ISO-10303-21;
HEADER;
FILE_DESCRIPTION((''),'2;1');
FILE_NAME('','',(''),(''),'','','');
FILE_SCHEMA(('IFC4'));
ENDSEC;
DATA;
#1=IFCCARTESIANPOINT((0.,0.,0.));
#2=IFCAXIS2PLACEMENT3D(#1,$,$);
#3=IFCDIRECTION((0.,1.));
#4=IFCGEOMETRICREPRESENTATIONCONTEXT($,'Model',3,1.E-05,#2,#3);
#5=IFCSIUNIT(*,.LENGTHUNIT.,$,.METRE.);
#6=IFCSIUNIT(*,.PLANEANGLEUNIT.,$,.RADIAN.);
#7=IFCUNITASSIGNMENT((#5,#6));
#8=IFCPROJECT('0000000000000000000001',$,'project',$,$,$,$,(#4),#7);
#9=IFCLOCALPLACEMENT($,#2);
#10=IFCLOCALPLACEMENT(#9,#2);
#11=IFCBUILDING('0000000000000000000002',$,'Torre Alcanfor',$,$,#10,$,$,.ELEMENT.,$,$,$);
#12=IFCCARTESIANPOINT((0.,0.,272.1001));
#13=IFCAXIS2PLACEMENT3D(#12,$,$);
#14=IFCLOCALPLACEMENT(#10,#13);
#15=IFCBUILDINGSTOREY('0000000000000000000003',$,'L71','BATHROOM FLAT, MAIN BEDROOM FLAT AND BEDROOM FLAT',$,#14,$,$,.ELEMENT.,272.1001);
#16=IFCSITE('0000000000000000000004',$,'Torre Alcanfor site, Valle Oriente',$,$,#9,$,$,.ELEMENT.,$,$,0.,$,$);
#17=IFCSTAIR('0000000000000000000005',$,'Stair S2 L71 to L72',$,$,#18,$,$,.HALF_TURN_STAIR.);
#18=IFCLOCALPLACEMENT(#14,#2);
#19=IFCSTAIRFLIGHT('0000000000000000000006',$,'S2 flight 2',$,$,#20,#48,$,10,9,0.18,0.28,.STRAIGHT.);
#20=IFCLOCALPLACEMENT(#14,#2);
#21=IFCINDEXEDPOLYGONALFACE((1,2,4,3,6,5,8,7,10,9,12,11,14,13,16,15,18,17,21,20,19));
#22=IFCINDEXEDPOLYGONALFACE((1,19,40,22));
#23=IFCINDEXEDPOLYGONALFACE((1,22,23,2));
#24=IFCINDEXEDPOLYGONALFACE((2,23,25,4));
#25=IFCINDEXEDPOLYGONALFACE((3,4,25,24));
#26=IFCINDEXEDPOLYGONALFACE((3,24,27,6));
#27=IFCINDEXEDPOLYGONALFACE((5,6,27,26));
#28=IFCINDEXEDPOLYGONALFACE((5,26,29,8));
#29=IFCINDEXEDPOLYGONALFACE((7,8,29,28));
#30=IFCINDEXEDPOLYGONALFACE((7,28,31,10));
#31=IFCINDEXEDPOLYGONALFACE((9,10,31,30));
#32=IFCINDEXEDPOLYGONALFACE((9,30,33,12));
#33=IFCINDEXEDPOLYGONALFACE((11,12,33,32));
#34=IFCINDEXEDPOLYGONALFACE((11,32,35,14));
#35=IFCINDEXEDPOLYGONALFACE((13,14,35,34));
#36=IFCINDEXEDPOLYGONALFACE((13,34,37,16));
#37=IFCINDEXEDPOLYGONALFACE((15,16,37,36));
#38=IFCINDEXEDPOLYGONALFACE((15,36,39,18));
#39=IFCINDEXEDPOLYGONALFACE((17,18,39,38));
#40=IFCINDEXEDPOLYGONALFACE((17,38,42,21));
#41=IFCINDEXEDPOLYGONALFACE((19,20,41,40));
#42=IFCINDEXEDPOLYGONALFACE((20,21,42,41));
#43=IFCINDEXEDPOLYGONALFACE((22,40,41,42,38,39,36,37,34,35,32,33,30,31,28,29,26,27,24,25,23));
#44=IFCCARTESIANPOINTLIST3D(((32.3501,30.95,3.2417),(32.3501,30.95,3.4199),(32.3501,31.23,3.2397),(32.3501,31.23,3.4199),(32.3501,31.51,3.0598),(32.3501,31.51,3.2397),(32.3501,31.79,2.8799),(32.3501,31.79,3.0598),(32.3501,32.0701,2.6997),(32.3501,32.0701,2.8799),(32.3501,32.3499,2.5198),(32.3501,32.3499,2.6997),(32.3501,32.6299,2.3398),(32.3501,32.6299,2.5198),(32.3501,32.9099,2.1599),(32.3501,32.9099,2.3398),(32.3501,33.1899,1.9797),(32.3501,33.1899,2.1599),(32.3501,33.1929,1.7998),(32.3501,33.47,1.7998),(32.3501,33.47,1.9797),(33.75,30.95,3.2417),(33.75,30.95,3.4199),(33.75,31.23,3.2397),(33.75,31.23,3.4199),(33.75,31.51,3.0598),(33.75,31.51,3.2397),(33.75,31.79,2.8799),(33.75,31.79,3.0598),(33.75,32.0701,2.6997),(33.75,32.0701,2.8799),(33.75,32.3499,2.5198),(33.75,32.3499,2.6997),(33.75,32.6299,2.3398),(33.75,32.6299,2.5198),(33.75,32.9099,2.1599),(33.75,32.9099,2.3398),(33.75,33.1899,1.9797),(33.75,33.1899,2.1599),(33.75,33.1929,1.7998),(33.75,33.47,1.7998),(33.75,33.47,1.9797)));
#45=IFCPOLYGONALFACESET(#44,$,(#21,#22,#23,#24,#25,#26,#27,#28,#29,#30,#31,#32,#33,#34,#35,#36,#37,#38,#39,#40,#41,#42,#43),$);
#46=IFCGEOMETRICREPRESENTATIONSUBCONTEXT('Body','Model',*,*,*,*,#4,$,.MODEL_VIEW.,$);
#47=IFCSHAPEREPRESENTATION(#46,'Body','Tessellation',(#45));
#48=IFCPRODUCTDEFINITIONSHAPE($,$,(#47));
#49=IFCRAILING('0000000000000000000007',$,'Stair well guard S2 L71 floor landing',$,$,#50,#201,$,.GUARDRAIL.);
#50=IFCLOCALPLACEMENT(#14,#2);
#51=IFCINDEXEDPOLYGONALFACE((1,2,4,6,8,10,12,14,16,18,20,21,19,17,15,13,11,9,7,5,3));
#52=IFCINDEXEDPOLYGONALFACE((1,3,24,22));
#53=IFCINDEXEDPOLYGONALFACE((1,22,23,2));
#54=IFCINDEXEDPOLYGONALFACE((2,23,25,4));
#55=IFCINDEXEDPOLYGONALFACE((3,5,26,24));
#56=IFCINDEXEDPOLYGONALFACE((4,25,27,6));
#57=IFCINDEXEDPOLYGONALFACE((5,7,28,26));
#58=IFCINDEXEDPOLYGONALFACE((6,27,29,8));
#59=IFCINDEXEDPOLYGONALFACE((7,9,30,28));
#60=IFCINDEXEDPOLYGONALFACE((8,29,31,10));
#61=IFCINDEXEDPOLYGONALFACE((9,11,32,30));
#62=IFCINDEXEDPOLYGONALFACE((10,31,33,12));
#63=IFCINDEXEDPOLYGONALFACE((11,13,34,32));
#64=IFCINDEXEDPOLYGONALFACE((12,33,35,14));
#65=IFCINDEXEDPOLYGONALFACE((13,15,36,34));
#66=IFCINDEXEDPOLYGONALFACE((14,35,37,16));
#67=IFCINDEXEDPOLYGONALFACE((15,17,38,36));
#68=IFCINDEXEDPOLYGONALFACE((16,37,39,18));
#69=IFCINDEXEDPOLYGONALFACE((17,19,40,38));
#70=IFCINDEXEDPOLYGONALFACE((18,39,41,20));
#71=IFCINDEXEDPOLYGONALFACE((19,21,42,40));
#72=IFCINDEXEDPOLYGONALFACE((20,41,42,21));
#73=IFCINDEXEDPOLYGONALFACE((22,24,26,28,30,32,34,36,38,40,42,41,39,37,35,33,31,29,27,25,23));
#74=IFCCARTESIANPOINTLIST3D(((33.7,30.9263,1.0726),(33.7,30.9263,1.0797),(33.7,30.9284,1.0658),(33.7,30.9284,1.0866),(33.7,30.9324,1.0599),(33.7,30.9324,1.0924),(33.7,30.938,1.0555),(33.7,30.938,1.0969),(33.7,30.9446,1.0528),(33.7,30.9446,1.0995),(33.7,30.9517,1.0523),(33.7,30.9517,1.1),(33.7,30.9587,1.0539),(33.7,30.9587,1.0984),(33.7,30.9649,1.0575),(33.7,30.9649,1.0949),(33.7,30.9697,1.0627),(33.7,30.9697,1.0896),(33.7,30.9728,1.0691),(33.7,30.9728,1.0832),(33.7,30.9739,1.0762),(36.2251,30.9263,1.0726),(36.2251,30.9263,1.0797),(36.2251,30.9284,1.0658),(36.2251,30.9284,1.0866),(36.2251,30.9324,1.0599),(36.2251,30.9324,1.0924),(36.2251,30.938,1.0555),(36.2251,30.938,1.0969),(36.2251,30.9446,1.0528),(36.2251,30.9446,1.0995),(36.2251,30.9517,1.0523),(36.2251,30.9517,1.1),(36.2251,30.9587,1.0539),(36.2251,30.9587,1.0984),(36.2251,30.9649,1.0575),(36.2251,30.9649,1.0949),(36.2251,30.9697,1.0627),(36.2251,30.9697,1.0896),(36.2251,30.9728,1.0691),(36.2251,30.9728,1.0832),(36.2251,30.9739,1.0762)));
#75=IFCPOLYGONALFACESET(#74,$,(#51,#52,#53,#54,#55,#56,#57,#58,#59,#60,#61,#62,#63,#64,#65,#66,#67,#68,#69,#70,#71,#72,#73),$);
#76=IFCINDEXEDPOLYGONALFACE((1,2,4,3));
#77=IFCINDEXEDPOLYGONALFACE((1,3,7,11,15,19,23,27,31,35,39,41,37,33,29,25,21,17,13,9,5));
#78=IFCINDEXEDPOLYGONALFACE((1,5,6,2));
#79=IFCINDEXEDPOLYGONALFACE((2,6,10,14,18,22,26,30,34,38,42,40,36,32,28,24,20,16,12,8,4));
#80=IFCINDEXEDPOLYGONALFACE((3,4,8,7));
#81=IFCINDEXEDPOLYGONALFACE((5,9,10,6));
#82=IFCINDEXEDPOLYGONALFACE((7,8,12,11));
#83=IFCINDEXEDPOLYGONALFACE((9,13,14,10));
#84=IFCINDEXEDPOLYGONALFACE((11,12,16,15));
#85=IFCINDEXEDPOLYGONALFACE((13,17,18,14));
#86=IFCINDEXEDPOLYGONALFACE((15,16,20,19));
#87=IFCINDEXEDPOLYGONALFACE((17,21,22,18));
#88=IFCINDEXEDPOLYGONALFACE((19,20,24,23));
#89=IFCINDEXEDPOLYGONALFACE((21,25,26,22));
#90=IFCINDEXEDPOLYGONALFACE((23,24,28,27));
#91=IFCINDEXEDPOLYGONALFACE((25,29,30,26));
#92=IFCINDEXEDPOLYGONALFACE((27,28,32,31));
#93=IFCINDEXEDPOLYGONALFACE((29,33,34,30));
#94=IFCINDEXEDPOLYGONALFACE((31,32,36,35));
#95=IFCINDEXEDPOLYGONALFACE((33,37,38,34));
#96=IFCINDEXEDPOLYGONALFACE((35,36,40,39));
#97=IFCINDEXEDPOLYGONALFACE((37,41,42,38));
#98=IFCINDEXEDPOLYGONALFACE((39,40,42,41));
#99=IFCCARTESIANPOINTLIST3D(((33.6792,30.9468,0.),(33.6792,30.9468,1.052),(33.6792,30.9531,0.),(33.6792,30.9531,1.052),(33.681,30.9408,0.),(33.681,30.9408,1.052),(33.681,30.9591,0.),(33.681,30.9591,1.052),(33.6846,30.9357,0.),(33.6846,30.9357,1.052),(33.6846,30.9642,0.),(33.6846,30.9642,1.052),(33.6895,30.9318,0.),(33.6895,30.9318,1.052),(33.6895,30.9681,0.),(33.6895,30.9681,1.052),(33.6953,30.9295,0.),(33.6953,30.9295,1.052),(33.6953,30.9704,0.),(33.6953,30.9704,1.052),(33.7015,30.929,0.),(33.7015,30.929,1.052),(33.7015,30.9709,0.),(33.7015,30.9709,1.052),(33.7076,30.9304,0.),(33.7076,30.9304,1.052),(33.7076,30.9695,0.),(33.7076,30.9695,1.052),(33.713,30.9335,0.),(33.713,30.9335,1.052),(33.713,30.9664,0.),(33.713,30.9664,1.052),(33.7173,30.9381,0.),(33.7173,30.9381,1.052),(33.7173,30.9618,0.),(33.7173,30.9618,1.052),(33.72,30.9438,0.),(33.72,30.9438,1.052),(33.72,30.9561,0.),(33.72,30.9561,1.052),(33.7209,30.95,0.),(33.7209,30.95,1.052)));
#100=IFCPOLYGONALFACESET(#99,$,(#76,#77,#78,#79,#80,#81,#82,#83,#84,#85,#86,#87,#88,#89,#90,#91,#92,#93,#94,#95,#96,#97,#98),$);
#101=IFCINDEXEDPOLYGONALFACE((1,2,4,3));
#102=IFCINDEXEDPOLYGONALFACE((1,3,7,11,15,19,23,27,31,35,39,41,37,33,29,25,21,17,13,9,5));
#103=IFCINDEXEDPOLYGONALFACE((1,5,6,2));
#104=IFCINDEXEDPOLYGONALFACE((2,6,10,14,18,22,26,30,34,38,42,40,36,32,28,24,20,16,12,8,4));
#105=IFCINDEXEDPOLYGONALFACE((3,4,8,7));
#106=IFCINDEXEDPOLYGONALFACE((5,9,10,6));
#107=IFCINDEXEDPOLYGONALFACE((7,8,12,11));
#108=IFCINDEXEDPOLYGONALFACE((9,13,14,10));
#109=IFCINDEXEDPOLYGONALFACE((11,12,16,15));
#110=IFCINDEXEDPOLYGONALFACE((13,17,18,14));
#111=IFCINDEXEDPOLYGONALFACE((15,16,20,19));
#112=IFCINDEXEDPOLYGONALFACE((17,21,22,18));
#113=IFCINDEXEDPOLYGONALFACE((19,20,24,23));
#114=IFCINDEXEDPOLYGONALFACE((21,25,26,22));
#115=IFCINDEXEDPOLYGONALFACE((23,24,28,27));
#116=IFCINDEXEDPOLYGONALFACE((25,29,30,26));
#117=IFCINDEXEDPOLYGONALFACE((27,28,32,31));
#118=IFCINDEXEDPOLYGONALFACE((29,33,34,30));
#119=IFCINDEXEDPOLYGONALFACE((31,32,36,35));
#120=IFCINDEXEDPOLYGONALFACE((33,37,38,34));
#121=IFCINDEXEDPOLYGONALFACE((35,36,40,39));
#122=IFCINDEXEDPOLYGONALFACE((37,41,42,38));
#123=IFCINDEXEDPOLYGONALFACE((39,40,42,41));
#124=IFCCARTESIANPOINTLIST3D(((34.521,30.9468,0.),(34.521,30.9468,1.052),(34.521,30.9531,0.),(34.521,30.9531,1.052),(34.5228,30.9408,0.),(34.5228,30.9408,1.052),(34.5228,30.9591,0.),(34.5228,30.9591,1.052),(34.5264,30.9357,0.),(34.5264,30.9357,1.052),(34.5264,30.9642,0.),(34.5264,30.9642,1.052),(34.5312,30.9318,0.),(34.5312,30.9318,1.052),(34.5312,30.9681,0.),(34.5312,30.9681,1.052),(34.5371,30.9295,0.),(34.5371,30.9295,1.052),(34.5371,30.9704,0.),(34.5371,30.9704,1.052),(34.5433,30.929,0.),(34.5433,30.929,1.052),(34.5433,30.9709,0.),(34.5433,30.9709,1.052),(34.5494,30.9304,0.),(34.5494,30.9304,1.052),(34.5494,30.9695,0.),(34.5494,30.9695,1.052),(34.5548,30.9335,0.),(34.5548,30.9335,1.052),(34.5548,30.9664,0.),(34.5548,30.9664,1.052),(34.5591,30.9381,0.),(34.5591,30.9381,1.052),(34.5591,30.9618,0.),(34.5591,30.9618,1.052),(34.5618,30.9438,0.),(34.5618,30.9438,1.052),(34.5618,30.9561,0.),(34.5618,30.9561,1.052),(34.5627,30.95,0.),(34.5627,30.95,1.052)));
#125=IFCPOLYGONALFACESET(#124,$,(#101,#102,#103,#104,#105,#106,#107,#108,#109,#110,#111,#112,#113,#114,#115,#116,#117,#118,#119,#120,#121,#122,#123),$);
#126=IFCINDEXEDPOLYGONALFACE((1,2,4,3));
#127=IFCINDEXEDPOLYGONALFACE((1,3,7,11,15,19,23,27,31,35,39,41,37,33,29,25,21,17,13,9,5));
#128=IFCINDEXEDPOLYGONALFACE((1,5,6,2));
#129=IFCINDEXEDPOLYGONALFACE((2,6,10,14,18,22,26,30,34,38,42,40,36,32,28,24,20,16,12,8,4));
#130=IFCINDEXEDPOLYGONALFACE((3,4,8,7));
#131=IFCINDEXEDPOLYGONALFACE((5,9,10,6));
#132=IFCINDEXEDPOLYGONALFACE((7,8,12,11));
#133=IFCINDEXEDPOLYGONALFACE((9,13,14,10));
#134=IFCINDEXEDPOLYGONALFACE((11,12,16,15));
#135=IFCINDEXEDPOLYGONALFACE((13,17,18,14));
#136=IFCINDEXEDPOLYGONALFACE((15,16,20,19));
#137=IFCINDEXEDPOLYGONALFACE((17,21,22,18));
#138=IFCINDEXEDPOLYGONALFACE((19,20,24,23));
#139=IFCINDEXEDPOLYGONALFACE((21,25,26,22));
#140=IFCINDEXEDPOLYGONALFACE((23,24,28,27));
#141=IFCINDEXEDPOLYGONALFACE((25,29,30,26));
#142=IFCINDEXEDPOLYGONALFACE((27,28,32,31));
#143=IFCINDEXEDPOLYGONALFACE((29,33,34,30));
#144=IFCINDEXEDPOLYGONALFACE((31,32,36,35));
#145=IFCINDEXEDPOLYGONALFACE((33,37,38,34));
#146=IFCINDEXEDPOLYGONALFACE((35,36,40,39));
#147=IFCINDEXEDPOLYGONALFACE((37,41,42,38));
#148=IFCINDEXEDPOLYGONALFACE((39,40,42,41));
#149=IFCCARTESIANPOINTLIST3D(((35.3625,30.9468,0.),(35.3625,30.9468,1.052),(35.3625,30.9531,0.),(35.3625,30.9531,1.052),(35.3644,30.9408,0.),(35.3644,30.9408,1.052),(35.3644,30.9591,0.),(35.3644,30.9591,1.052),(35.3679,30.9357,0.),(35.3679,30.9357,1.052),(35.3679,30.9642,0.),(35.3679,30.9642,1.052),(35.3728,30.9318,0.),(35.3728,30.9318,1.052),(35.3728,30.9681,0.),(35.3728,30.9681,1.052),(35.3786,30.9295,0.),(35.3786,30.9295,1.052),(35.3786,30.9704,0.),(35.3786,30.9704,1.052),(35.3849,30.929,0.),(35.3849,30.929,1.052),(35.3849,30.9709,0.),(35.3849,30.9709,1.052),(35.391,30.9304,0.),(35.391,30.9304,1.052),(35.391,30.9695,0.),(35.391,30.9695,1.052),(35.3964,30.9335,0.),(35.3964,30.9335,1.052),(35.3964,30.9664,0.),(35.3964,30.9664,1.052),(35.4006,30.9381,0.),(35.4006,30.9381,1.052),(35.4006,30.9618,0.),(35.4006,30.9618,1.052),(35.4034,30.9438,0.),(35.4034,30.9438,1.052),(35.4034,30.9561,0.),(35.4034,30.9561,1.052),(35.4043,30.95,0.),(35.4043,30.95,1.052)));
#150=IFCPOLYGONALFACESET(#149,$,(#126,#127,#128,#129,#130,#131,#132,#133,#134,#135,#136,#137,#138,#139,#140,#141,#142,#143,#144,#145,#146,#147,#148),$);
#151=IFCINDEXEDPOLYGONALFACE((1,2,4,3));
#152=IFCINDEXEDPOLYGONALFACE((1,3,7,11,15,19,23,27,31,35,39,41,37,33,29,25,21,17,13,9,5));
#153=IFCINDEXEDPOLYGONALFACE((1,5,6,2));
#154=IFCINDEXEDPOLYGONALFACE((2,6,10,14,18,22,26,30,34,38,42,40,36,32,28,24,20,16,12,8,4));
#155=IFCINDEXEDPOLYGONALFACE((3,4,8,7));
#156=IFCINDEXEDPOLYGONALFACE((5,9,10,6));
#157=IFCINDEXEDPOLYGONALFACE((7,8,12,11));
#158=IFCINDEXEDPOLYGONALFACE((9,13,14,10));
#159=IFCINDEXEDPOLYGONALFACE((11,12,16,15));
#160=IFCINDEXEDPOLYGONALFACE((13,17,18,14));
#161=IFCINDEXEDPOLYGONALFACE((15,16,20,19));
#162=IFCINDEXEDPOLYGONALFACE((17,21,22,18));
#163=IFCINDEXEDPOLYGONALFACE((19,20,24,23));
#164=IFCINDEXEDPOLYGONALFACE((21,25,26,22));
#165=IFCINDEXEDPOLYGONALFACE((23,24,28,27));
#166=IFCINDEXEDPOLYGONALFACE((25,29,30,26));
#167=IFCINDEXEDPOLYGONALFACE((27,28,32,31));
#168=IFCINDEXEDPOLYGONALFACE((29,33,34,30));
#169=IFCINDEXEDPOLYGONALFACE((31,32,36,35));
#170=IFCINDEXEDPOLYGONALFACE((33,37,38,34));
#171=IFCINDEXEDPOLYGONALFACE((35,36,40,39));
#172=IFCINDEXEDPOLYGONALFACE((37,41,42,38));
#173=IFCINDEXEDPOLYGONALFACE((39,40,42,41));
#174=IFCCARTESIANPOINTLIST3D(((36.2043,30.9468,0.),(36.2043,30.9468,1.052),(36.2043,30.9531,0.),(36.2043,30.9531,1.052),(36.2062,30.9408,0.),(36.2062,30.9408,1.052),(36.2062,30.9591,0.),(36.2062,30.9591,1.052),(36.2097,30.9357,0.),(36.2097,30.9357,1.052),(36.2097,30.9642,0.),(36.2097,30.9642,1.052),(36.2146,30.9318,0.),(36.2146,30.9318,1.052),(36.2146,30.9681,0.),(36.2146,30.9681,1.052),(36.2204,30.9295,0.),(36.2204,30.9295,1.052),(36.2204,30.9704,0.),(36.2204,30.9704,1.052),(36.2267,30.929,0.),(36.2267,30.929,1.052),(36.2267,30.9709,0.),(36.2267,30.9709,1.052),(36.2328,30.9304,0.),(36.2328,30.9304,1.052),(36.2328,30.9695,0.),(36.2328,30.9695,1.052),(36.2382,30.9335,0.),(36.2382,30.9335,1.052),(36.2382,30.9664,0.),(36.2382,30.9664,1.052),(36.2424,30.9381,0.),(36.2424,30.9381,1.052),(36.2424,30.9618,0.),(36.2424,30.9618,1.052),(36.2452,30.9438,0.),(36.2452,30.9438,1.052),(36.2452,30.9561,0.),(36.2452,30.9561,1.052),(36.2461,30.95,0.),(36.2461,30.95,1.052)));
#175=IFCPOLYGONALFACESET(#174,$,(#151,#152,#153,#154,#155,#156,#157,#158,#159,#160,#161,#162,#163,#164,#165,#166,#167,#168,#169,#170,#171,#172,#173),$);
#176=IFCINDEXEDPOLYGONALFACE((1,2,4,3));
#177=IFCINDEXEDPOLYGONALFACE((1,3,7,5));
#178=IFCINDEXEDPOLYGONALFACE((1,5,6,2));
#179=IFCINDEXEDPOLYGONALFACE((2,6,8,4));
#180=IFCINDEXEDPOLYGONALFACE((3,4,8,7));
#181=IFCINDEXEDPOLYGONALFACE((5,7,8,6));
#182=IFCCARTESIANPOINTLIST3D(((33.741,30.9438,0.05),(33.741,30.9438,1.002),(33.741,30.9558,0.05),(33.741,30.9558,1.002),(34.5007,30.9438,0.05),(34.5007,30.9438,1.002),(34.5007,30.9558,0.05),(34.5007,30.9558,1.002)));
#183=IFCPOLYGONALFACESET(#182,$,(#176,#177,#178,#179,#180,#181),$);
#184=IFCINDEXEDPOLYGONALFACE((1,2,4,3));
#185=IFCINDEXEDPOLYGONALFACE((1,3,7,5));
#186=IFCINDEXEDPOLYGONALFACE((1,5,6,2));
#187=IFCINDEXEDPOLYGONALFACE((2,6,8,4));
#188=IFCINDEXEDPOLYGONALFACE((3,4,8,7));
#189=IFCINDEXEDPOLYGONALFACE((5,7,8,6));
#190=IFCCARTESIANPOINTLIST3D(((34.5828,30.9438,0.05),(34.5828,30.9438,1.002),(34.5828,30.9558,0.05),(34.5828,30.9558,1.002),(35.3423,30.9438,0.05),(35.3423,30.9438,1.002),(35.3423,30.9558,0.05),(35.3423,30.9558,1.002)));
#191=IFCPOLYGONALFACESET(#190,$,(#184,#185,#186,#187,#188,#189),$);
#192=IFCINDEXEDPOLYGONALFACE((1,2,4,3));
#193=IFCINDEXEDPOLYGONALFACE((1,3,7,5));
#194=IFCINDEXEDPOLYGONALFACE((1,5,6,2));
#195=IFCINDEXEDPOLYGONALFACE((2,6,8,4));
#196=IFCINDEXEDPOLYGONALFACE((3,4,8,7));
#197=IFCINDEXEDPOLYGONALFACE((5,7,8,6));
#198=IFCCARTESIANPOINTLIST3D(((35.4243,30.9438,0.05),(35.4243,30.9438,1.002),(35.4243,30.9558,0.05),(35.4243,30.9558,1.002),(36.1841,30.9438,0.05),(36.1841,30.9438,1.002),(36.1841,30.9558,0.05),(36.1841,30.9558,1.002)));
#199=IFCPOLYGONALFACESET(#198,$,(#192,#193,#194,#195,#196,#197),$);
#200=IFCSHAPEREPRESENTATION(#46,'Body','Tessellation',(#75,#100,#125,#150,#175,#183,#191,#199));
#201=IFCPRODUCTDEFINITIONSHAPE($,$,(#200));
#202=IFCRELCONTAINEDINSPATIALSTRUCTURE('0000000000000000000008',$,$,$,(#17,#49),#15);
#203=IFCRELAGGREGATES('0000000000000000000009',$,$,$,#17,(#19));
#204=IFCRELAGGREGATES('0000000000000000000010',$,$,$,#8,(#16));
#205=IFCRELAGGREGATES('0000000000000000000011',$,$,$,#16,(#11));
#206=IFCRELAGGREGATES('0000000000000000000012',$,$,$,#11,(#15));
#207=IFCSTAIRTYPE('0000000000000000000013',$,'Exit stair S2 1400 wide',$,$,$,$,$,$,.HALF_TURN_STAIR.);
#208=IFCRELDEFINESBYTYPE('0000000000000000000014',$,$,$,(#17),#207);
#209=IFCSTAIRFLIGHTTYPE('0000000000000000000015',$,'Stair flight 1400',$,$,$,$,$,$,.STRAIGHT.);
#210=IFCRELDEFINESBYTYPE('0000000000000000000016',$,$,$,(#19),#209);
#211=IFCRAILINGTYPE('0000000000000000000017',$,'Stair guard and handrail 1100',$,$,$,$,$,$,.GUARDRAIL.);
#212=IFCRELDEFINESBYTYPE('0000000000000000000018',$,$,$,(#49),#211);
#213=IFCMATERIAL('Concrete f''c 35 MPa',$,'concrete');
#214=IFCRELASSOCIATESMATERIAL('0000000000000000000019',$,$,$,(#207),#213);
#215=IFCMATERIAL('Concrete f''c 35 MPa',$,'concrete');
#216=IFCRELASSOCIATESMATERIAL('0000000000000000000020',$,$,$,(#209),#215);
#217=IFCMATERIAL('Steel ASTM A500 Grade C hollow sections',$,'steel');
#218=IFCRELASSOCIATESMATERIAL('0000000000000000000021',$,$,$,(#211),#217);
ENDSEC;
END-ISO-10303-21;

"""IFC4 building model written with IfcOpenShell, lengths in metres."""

from ifc_helpers import new_model, si_unit, direction, frame, origin, origin_2d, place, context, subcontext, project, spatial, polyline, circle, outline, extrude, material, type_object, element, aggregate, save


model = new_model("IFC4")

# Units and contexts
model_context = context("Model", 3, precision=1e-05, world=origin(), true_north=direction((0.0, 1.0)))
body_context = subcontext(model_context, "Body", "Model", "MODEL_VIEW")
ifc_project = project(units=[si_unit("LENGTHUNIT", "METRE"), si_unit("PLANEANGLEUNIT", "RADIAN")], contexts=[model_context])

# Site, building, storey
site_placement = place(None, origin())
site = spatial("IfcSite", under=ifc_project, at=site_placement, Name="Torre Alcanfor site, Valle Oriente", CompositionType="ELEMENT", RefElevation=0.0)
building_placement = place(site_placement, origin())
building = spatial("IfcBuilding", under=site, at=building_placement, Name="Torre Alcanfor", CompositionType="ELEMENT")
storey_placement = place(building_placement, frame((0.0, 0.0, 272.1001)))
storey = spatial("IfcBuildingStorey", under=building, at=storey_placement, Name="L71", Description="BATHROOM FLAT, MAIN BEDROOM FLAT AND BEDROOM FLAT", CompositionType="ELEMENT", Elevation=272.1001)

# Stair, stair flight
ifc_material_1 = material(Name="Concrete f'c 35 MPa", Category="concrete")
stair_type = type_object("IfcStairType", Name="Exit stair S2 1400 wide", PredefinedType="HALF_TURN_STAIR", material=ifc_material_1)
stair_placement = place(storey_placement, origin())
stair = element("IfcStair", 1, at=stair_placement, inside=storey, type_object=stair_type, Name="Stair S2 L71 to L72", PredefinedType="HALF_TURN_STAIR")
ifc_material_2 = material(Name="Concrete f'c 35 MPa", Category="concrete")
stair_flight_type = type_object("IfcStairFlightType", Name="Stair flight 1400", PredefinedType="STRAIGHT", material=ifc_material_2)
stair_flight_1_placement = place(storey_placement, frame((33.05, 33.47, 1.7998), z_axis=(0.0, 0.0, 1.0), x_axis=(0.0, -1.0, 0.0)))
stair_flight_1 = element("IfcStairFlight", 2, at=stair_flight_1_placement, type_object=stair_flight_type, Name="S2 flight 2", NumberOfRisers=10, NumberOfTreads=9, PredefinedType="STRAIGHT", RiserHeight=0.18, TreadLength=0.28, context=body_context, shape_type="SweptSolid", body=[
    extrude(outline(polyline([(0.0, 0.0), (0.0, 0.1799), (0.28, 0.1799), (0.28, 0.3601), (0.5601, 0.3601), (0.5601, 0.54), (0.8401, 0.54), (0.8401, 0.72), (1.1201, 0.72), (1.1201, 0.8999), (1.3999, 0.8999), (1.3999, 1.0801), (1.6799, 1.0801), (1.6799, 1.26), (1.96, 1.26), (1.96, 1.4399), (2.24, 1.4399), (2.24, 1.6201), (2.52, 1.6201), (2.52, 1.8), (2.52, 1.4419), (0.2771, 0.0), (0.0, 0.0)])), frame((0.0, 0.7, 0.0), z_axis=(0.0, -1.0, 0.0), x_axis=(1.0, 0.0, 0.0)), (0.0, 0.0, 1.0), 1.3999),
])
aggregate(stair, [stair_flight_1])

# Railing
ifc_material_3 = material(Name="Steel ASTM A500 Grade C hollow sections", Category="steel")
railing_type_1 = type_object("IfcRailingType", Name="Stair guard and handrail 1100", PredefinedType="GUARDRAIL", material=ifc_material_3)
for number, where, name in (
    (3, (33.7, 30.95, 0.0), "Stair well guard S2 L71 floor landing"),
):
    element("IfcRailing", number, at=place(storey_placement, frame(where)), inside=storey, type_object=railing_type_1, Name=name, PredefinedType="GUARDRAIL", context=body_context, shape_type="SweptSolid", body=[
        extrude(circle(Radius=0.0239, at=origin_2d()), frame((0.0, 0.0, 1.0762), z_axis=(1.0, 0.0, 0.0), x_axis=(0.0, 1.0, 0.0)), (0.0, 0.0, 1.0), 2.5251),
        extrude(circle(Radius=0.021, at=origin_2d()), origin(), (0.0, 0.0, 1.0), 1.052),
        extrude(circle(Radius=0.021, at=origin_2d()), frame((0.8418, 0.0, 0.0)), (0.0, 0.0, 1.0), 1.052),
        extrude(circle(Radius=0.021, at=origin_2d()), frame((1.6833, 0.0, 0.0)), (0.0, 0.0, 1.0), 1.052),
        extrude(circle(Radius=0.021, at=origin_2d()), frame((2.5251, 0.0, 0.0)), (0.0, 0.0, 1.0), 1.052),
        extrude(outline(polyline([(0.041, 0.05), (0.8008, 0.05), (0.8008, 1.002), (0.041, 1.002), (0.041, 0.05)])), frame((0.0, 0.0059, 0.0), z_axis=(0.0, -1.0, 0.0), x_axis=(1.0, 0.0, 0.0)), (0.0, 0.0, 1.0), 0.012),
        extrude(outline(polyline([(0.8828, 0.05), (1.6423, 0.05), (1.6423, 1.002), (0.8828, 1.002), (0.8828, 0.05)])), frame((0.0, 0.0059, 0.0), z_axis=(0.0, -1.0, 0.0), x_axis=(1.0, 0.0, 0.0)), (0.0, 0.0, 1.0), 0.012),
        extrude(outline(polyline([(1.7244, 0.05), (2.4841, 0.05), (2.4841, 1.002), (1.7244, 1.002), (1.7244, 0.05)])), frame((0.0, 0.0059, 0.0), z_axis=(0.0, -1.0, 0.0), x_axis=(1.0, 0.0, 0.0)), (0.0, 0.0, 1.0), 0.012),
    ])

save(model, "model.ifc")
